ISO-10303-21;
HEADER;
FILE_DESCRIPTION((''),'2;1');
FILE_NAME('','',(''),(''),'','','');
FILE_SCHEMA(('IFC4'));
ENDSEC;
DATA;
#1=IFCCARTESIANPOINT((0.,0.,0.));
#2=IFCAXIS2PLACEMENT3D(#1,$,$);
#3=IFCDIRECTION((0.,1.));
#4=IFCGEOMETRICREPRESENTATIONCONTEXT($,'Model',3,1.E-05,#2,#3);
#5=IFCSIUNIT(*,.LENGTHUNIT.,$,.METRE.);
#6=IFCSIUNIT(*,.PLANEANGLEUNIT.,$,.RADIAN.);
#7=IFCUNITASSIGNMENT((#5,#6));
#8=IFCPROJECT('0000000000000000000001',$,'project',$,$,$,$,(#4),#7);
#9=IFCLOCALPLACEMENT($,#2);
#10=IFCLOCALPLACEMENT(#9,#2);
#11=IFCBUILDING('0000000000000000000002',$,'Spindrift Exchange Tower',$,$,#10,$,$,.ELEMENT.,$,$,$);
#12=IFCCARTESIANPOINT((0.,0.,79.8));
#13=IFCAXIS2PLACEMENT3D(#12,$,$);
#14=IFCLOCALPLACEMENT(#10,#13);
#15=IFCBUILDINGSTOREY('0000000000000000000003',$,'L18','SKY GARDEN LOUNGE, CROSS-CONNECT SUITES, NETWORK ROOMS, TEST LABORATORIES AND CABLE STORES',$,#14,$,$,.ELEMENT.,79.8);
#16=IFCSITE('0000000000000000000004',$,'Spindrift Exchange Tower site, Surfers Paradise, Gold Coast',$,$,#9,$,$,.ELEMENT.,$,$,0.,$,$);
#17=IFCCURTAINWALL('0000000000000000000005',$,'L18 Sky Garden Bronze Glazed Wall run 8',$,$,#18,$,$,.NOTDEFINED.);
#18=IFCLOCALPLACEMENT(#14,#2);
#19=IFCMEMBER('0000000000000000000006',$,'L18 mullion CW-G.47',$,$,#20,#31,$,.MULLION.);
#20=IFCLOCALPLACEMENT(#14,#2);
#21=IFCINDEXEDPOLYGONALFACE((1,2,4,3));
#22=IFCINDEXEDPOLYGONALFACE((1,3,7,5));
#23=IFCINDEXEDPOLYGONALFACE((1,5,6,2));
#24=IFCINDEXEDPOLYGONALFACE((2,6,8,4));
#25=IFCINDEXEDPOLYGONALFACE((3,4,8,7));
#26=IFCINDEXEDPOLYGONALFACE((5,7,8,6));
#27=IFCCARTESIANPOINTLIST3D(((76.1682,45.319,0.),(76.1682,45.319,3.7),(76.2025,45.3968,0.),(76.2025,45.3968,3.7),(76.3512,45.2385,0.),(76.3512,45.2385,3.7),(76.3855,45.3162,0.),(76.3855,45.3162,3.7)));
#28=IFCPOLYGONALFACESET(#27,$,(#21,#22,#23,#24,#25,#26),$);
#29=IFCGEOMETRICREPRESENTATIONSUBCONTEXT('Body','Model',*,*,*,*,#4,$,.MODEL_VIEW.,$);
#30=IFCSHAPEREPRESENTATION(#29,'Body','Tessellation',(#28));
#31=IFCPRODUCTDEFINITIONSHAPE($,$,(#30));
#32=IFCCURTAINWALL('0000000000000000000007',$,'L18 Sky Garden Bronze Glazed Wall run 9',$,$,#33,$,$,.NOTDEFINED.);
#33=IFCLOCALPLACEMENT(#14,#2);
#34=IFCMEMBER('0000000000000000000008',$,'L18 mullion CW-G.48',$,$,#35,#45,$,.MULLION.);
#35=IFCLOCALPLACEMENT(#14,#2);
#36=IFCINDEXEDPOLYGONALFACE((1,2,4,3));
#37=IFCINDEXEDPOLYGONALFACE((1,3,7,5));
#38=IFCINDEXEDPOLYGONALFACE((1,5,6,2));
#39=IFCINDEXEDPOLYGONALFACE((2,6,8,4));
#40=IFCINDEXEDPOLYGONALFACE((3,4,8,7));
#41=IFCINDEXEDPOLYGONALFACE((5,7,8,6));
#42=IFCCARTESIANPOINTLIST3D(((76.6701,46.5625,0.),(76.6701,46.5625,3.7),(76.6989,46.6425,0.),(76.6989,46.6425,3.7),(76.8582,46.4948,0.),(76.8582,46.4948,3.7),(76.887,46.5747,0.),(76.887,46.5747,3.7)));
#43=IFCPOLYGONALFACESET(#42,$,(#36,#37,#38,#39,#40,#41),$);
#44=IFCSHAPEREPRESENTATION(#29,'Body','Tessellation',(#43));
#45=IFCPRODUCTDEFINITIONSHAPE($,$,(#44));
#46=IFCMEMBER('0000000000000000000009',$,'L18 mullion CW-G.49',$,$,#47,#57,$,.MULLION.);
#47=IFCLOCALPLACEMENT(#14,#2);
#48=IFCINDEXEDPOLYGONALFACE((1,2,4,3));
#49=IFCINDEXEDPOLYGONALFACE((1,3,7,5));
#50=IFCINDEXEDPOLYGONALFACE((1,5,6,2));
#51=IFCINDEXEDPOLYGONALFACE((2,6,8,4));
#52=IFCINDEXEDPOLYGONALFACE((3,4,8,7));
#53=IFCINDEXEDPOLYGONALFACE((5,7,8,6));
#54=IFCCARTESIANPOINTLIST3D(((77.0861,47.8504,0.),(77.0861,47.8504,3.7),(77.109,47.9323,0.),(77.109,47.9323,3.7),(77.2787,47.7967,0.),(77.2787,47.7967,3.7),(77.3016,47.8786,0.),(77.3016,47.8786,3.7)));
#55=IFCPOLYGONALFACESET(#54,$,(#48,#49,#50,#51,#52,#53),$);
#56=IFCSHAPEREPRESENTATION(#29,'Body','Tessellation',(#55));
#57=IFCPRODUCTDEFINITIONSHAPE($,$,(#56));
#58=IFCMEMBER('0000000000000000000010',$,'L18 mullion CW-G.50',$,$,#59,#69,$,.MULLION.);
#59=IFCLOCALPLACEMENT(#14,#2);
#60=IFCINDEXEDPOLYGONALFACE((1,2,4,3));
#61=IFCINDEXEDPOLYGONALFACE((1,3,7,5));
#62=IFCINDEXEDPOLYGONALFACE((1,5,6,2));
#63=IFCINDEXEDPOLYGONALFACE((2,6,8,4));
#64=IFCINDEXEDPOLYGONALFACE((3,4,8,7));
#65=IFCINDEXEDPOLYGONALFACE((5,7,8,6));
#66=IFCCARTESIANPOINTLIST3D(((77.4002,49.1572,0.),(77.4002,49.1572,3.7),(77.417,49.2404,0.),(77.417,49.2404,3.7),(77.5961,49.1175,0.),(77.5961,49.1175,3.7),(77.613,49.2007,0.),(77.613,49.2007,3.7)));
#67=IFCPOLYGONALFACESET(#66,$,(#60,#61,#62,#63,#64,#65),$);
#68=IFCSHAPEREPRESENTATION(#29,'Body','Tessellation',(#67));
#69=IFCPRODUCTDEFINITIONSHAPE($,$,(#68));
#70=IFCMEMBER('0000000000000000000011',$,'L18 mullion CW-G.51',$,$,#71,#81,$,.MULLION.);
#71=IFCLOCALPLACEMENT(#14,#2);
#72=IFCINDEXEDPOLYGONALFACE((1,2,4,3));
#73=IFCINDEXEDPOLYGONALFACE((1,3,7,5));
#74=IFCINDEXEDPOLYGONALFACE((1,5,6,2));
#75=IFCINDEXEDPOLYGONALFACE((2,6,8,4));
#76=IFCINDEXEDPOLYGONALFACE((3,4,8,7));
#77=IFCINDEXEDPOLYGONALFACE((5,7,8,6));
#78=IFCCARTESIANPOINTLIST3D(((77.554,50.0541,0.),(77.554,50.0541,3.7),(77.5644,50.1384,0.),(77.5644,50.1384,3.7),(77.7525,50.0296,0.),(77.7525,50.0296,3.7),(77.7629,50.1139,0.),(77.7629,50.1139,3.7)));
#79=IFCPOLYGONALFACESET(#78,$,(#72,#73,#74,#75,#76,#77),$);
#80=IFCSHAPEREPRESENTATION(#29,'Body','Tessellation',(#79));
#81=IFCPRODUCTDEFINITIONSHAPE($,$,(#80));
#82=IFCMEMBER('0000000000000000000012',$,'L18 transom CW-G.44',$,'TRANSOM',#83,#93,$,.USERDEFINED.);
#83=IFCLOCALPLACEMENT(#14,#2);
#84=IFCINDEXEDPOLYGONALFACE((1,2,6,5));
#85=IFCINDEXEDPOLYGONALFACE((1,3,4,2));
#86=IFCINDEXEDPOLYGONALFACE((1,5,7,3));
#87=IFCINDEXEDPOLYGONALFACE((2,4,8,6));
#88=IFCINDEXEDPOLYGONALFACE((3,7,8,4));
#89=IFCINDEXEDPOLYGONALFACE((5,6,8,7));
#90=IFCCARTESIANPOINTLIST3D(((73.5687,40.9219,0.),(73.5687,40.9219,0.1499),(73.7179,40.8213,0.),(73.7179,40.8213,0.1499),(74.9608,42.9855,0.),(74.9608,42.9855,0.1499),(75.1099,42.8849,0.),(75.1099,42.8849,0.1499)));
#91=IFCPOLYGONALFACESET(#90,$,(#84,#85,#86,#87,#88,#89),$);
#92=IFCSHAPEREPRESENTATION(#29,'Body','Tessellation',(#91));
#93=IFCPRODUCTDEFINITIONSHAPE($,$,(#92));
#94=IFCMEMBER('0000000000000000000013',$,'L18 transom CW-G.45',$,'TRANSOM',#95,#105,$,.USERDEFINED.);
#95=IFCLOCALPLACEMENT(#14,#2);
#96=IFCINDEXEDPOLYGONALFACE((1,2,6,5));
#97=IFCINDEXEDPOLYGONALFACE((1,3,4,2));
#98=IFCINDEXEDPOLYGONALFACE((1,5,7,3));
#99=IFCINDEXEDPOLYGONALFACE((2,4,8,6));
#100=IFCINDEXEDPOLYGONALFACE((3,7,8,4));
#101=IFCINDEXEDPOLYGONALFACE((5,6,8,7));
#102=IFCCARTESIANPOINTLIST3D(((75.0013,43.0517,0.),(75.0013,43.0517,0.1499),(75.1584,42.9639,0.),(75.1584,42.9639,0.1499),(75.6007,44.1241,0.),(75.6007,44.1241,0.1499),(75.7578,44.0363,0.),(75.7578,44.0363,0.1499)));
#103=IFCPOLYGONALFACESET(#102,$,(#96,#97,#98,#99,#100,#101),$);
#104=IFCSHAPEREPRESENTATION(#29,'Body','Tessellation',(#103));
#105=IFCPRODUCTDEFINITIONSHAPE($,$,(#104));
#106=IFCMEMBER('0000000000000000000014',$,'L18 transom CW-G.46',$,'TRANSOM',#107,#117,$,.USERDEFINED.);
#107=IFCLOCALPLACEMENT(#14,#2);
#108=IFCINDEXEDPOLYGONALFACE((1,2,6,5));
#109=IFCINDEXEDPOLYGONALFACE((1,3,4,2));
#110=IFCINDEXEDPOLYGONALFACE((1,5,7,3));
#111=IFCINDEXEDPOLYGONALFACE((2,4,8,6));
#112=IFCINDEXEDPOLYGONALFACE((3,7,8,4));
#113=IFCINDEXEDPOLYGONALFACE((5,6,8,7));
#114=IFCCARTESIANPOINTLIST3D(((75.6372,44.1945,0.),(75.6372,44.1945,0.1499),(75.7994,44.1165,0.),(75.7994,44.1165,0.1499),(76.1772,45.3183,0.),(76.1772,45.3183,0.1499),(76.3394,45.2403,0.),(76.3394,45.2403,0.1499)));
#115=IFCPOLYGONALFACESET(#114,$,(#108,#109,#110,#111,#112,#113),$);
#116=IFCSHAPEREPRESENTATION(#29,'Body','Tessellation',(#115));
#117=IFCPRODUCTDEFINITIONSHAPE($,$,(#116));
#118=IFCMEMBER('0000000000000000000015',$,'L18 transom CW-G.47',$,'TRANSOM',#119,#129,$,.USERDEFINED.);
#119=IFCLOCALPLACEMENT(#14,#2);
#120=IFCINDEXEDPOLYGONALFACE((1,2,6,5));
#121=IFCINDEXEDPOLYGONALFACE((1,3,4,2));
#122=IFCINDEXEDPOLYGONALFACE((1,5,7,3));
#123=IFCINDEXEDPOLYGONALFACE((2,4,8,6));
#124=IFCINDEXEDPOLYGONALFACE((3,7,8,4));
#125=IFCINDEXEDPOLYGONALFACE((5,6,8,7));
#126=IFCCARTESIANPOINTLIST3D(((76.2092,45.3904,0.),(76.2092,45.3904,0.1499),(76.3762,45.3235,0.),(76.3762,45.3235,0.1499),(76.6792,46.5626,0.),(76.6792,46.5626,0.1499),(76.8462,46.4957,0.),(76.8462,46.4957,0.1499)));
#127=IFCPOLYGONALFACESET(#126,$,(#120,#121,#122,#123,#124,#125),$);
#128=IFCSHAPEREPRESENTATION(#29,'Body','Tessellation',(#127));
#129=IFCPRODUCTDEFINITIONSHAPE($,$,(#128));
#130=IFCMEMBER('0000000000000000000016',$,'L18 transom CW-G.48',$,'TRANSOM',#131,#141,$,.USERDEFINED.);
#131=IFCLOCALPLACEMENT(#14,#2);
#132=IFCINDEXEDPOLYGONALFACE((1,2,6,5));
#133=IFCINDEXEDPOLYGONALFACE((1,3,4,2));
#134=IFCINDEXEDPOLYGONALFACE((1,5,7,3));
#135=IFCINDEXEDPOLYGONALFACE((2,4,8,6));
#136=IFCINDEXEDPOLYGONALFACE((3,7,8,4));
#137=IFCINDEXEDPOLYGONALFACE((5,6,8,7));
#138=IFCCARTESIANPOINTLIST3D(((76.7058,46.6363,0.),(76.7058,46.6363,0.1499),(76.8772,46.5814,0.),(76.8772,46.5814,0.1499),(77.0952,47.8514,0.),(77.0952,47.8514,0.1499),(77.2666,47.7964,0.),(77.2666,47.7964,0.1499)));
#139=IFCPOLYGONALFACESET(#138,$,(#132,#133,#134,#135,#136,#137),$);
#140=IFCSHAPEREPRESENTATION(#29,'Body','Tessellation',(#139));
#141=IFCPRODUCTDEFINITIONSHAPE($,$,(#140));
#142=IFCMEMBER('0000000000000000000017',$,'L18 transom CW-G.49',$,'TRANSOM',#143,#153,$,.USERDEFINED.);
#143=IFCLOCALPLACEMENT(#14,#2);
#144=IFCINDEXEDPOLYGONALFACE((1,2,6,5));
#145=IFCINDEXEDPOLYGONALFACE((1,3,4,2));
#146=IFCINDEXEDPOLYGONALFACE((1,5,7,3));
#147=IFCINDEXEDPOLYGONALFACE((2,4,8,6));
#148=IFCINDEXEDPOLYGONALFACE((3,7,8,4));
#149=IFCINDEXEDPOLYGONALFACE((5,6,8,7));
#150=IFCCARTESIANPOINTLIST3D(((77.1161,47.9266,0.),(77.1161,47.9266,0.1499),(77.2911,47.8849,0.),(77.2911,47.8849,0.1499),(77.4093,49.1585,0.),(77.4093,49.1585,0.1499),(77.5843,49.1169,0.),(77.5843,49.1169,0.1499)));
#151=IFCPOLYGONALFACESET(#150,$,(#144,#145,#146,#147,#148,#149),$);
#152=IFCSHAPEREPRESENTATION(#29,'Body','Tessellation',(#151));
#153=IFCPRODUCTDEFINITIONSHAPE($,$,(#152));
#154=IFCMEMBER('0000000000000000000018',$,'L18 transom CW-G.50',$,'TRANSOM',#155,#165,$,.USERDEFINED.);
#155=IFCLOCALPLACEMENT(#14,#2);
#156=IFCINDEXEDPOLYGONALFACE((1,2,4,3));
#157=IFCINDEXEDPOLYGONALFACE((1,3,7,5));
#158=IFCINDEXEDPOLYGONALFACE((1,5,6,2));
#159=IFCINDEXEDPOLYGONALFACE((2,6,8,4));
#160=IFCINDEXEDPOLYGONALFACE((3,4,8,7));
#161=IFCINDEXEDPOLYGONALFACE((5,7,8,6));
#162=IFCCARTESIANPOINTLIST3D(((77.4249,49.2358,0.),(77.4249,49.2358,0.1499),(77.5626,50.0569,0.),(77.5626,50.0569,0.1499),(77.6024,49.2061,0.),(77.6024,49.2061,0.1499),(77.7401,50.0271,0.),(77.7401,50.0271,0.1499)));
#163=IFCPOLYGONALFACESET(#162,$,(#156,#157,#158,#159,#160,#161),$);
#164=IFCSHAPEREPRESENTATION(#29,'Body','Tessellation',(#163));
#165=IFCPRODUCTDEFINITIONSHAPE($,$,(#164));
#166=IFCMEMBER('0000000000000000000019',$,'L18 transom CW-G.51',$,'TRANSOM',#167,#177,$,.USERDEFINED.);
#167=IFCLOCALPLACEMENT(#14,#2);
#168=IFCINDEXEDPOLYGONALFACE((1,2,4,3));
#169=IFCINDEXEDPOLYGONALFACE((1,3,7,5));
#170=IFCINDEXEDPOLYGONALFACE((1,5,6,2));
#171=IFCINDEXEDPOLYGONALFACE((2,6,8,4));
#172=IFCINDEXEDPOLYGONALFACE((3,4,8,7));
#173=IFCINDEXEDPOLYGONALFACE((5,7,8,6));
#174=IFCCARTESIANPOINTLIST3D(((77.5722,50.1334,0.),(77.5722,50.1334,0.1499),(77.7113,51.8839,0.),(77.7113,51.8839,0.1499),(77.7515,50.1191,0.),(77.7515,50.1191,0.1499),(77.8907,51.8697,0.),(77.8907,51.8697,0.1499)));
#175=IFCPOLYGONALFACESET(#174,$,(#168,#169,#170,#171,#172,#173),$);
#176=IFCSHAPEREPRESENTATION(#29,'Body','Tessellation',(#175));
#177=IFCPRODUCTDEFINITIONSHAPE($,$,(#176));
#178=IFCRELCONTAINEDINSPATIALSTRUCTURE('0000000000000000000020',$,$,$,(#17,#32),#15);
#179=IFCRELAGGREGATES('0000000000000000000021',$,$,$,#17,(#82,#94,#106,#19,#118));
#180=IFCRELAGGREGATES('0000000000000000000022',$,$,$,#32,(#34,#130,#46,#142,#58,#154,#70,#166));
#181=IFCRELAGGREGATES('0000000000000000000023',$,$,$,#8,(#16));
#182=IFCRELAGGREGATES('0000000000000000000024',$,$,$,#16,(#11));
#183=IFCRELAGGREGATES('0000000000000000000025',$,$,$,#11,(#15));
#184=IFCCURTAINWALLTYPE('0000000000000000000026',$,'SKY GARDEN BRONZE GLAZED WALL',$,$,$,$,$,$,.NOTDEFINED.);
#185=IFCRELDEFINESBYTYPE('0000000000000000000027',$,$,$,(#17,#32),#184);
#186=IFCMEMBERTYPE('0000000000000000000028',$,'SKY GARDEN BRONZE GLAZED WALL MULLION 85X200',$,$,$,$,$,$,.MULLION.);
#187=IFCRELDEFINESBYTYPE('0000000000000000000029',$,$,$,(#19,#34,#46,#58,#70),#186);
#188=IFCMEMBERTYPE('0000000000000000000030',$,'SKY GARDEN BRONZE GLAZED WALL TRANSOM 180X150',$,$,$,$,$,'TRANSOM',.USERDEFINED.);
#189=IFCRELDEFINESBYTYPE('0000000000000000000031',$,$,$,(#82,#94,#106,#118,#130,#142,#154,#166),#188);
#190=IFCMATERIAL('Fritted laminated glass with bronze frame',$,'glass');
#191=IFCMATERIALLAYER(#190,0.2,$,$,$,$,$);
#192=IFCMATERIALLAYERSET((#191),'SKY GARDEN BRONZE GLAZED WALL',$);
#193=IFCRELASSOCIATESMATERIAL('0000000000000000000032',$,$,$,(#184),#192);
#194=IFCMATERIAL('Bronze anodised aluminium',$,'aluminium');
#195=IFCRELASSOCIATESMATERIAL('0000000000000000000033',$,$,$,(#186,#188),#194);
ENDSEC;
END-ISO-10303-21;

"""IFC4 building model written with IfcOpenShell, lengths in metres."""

from ifc_helpers import new_model, si_unit, direction, frame, origin, origin_2d, place, context, subcontext, project, spatial, rectangle, extrude, source, transform, mapped, material, layer, layer_set, material_profile, profile_set, type_object, element, aggregate, save


model = new_model("IFC4")

# Units and contexts
model_context = context("Model", 3, precision=1e-05, world=origin(), true_north=direction((0.0, 1.0)))
body_context = subcontext(model_context, "Body", "Model", "MODEL_VIEW")
ifc_project = project(units=[si_unit("LENGTHUNIT", "METRE"), si_unit("PLANEANGLEUNIT", "RADIAN")], contexts=[model_context])

# Site, building, storey
site_placement = place(None, origin())
site = spatial("IfcSite", under=ifc_project, at=site_placement, Name="Spindrift Exchange Tower site, Surfers Paradise, Gold Coast", CompositionType="ELEMENT", RefElevation=0.0)
building_placement = place(site_placement, origin())
building = spatial("IfcBuilding", under=site, at=building_placement, Name="Spindrift Exchange Tower", CompositionType="ELEMENT")
storey_placement = place(building_placement, frame((0.0, 0.0, 79.8)))
storey = spatial("IfcBuildingStorey", under=building, at=storey_placement, Name="L18", Description="SKY GARDEN LOUNGE, CROSS-CONNECT SUITES, NETWORK ROOMS, TEST LABORATORIES AND CABLE STORES", CompositionType="ELEMENT", Elevation=79.8)

# Curtain walls, members
ifc_material_1 = material(Name="Fritted laminated glass with bronze frame", Category="glass")
ifc_layer_1 = layer(ifc_material_1, 0.2)
ifc_layer_set_1 = layer_set([ifc_layer_1], Name="SKY GARDEN BRONZE GLAZED WALL")
curtain_wall_type = type_object("IfcCurtainWallType", Name="SKY GARDEN BRONZE GLAZED WALL", PredefinedType="NOTDEFINED", material=ifc_layer_set_1)
curtain_wall_1_placement = place(storey_placement, origin())
curtain_wall_1 = element("IfcCurtainWall", 1, at=curtain_wall_1_placement, inside=storey, type_object=curtain_wall_type, Name="L18 Sky Garden Bronze Glazed Wall run 8", PredefinedType="NOTDEFINED")
ifc_material_2 = material(Name="Bronze anodised aluminium", Category="aluminium")
ifc_material_profile_1 = material_profile(ifc_material_2, rectangle(XDim=0.085, YDim=0.2, at=origin_2d()), Name="SKY GARDEN BRONZE GLAZED WALL MULLION 85X200")
ifc_profile_set_1 = profile_set([ifc_material_profile_1], Name="Bronze anodised aluminium")
member_type_1 = type_object("IfcMemberType", Name="SKY GARDEN BRONZE GLAZED WALL MULLION 85X200", PredefinedType="MULLION", material=ifc_profile_set_1)
shared_shape_1 = source(origin(), body_context, "Body", "SweptSolid", [
    extrude(rectangle(XDim=0.085, YDim=0.2, at=origin_2d()), origin(), (0.0, 0.0, 1.0), 3.7),
])
member_1_placement = place(storey_placement, frame((76.2769, 45.3176, 0.0), z_axis=(0.0, 0.0, 1.0), x_axis=(0.402945, 0.915224, 0.0)))
member_1 = element("IfcMember", 2, at=member_1_placement, type_object=member_type_1, Name="L18 mullion CW-G.47", PredefinedType="MULLION", context=body_context, shape_type="MappedRepresentation", body=[
    mapped(shared_shape_1, transform((0.0, 0.0, 0.0), scale=1.0)),
])
curtain_wall_2_placement = place(storey_placement, origin())
curtain_wall_2 = element("IfcCurtainWall", 3, at=curtain_wall_2_placement, inside=storey, type_object=curtain_wall_type, Name="L18 Sky Garden Bronze Glazed Wall run 9", PredefinedType="NOTDEFINED")
member_2_placement = place(storey_placement, frame((76.7786, 46.5686, 0.0), z_axis=(0.0, 0.0, 1.0), x_axis=(0.33892, 0.940815, 0.0)))
member_2 = element("IfcMember", 4, at=member_2_placement, type_object=member_type_1, Name="L18 mullion CW-G.48", PredefinedType="MULLION", context=body_context, shape_type="MappedRepresentation", body=[
    mapped(shared_shape_1, transform((0.0, 0.0, 0.0), scale=1.0)),
])
member_3_placement = place(storey_placement, frame((77.1938, 47.8645, 0.0), z_axis=(0.0, 0.0, 1.0), x_axis=(0.268527, 0.963272, 0.0)))
member_3 = element("IfcMember", 5, at=member_3_placement, type_object=member_type_1, Name="L18 mullion CW-G.49", PredefinedType="MULLION", context=body_context, shape_type="MappedRepresentation", body=[
    mapped(shared_shape_1, transform((0.0, 0.0, 0.0), scale=1.0)),
])
member_4_placement = place(storey_placement, frame((77.5066, 49.179, 0.0), z_axis=(0.0, 0.0, 1.0), x_axis=(0.198617, 0.980077, 0.0)))
member_4 = element("IfcMember", 6, at=member_4_placement, type_object=member_type_1, Name="L18 mullion CW-G.50", PredefinedType="MULLION", context=body_context, shape_type="MappedRepresentation", body=[
    mapped(shared_shape_1, transform((0.0, 0.0, 0.0), scale=1.0)),
])
member_5_placement = place(storey_placement, frame((77.6584, 50.084, 0.0), z_axis=(0.0, 0.0, 1.0), x_axis=(0.122489, 0.99247, 0.0)))
member_5 = element("IfcMember", 7, at=member_5_placement, type_object=member_type_1, Name="L18 mullion CW-G.51", PredefinedType="MULLION", context=body_context, shape_type="MappedRepresentation", body=[
    mapped(shared_shape_1, transform((0.0, 0.0, 0.0), scale=1.0)),
])

# Members
ifc_material_profile_2 = material_profile(ifc_material_2, rectangle(XDim=0.1799, YDim=0.1499, at=origin_2d()), Name="SKY GARDEN BRONZE GLAZED WALL TRANSOM 180X150")
ifc_profile_set_2 = profile_set([ifc_material_profile_2], Name="Bronze anodised aluminium")
member_type_2 = type_object("IfcMemberType", Name="SKY GARDEN BRONZE GLAZED WALL TRANSOM 180X150", ElementType="TRANSOM", PredefinedType="USERDEFINED", material=ifc_profile_set_2)
shared_shape_2 = source(origin(), body_context, "Body", "SweptSolid", [
    extrude(rectangle(XDim=0.1799, YDim=0.1499, at=origin_2d()), origin(), (0.0, 0.0, 1.0), 2.4893),
])
member_6_placement = place(storey_placement, frame((73.6433, 40.8716, 0.075), z_axis=(0.559218, 0.82902, 0.0), x_axis=(-0.82902, 0.559218, 0.0)))
member_6 = element("IfcMember", 8, at=member_6_placement, type_object=member_type_2, Name="L18 transom CW-G.44", ObjectType="TRANSOM", PredefinedType="USERDEFINED", context=body_context, shape_type="MappedRepresentation", body=[
    mapped(shared_shape_2, transform((0.0, 0.0, 0.0), scale=1.0)),
])
shared_shape_3 = source(origin(), body_context, "Body", "SweptSolid", [
    extrude(rectangle(XDim=0.1799, YDim=0.1499, at=origin_2d()), origin(), (0.0, 0.0, 1.0), 1.2285),
])
member_7_placement = place(storey_placement, frame((75.0798, 43.0078, 0.075), z_axis=(0.487919, 0.872889, 0.0), x_axis=(-0.872889, 0.487919, 0.0)))
member_7 = element("IfcMember", 9, at=member_7_placement, type_object=member_type_2, Name="L18 transom CW-G.45", ObjectType="TRANSOM", PredefinedType="USERDEFINED", context=body_context, shape_type="MappedRepresentation", body=[
    mapped(shared_shape_3, transform((0.0, 0.0, 0.0), scale=1.0)),
])
shared_shape_4 = source(origin(), body_context, "Body", "SweptSolid", [
    extrude(rectangle(XDim=0.1799, YDim=0.1499, at=origin_2d()), origin(), (0.0, 0.0, 1.0), 1.2468),
])
member_8_placement = place(storey_placement, frame((75.7183, 44.1555, 0.075), z_axis=(0.433138, 0.901327, 0.0), x_axis=(-0.901327, 0.433138, 0.0)))
member_8 = element("IfcMember", 10, at=member_8_placement, type_object=member_type_2, Name="L18 transom CW-G.46", ObjectType="TRANSOM", PredefinedType="USERDEFINED", context=body_context, shape_type="MappedRepresentation", body=[
    mapped(shared_shape_4, transform((0.0, 0.0, 0.0), scale=1.0)),
])
shared_shape_5 = source(origin(), body_context, "Body", "SweptSolid", [
    extrude(rectangle(XDim=0.1799, YDim=0.1499, at=origin_2d()), origin(), (0.0, 0.0, 1.0), 1.2629),
])
member_9_placement = place(storey_placement, frame((76.2927, 45.3569, 0.075), z_axis=(0.372157, 0.92817, 0.0), x_axis=(-0.92817, 0.372157, 0.0)))
member_9 = element("IfcMember", 11, at=member_9_placement, type_object=member_type_2, Name="L18 transom CW-G.47", ObjectType="TRANSOM", PredefinedType="USERDEFINED", context=body_context, shape_type="MappedRepresentation", body=[
    mapped(shared_shape_5, transform((0.0, 0.0, 0.0), scale=1.0)),
])
shared_shape_6 = source(origin(), body_context, "Body", "SweptSolid", [
    extrude(rectangle(XDim=0.1799, YDim=0.1499, at=origin_2d()), origin(), (0.0, 0.0, 1.0), 1.2759),
])
member_10_placement = place(storey_placement, frame((76.7915, 46.6089, 0.075), z_axis=(0.305185, 0.952293, 0.0), x_axis=(-0.952293, 0.305185, 0.0)))
member_10 = element("IfcMember", 12, at=member_10_placement, type_object=member_type_2, Name="L18 transom CW-G.48", ObjectType="TRANSOM", PredefinedType="USERDEFINED", context=body_context, shape_type="MappedRepresentation", body=[
    mapped(shared_shape_6, transform((0.0, 0.0, 0.0), scale=1.0)),
])
shared_shape_7 = source(origin(), body_context, "Body", "SweptSolid", [
    extrude(rectangle(XDim=0.1799, YDim=0.1499, at=origin_2d()), origin(), (0.0, 0.0, 1.0), 1.2664),
])
member_11_placement = place(storey_placement, frame((77.2036, 47.9058, 0.075), z_axis=(0.231542, 0.972825, 0.0), x_axis=(-0.972825, 0.231542, 0.0)))
member_11 = element("IfcMember", 13, at=member_11_placement, type_object=member_type_2, Name="L18 transom CW-G.49", ObjectType="TRANSOM", PredefinedType="USERDEFINED", context=body_context, shape_type="MappedRepresentation", body=[
    mapped(shared_shape_7, transform((0.0, 0.0, 0.0), scale=1.0)),
])
shared_shape_8 = source(origin(), body_context, "Body", "SweptSolid", [
    extrude(rectangle(XDim=0.1799, YDim=0.1499, at=origin_2d()), origin(), (0.0, 0.0, 1.0), 0.8325),
])
member_12_placement = place(storey_placement, frame((77.5137, 49.2209, 0.075), z_axis=(0.165398, 0.986227, 0.0), x_axis=(-0.986227, 0.165398, 0.0)))
member_12 = element("IfcMember", 14, at=member_12_placement, type_object=member_type_2, Name="L18 transom CW-G.50", ObjectType="TRANSOM", PredefinedType="USERDEFINED", context=body_context, shape_type="MappedRepresentation", body=[
    mapped(shared_shape_8, transform((0.0, 0.0, 0.0), scale=1.0)),
])
shared_shape_9 = source(origin(), body_context, "Body", "SweptSolid", [
    extrude(rectangle(XDim=0.1799, YDim=0.1499, at=origin_2d()), origin(), (0.0, 0.0, 1.0), 1.7561),
])
member_13_placement = place(storey_placement, frame((77.6619, 50.1262, 0.075), z_axis=(0.079248, 0.996855, 0.0), x_axis=(-0.996855, 0.079248, 0.0)))
member_13 = element("IfcMember", 15, at=member_13_placement, type_object=member_type_2, Name="L18 transom CW-G.51", ObjectType="TRANSOM", PredefinedType="USERDEFINED", context=body_context, shape_type="MappedRepresentation", body=[
    mapped(shared_shape_9, transform((0.0, 0.0, 0.0), scale=1.0)),
])

aggregate(curtain_wall_1, [member_6, member_7, member_8, member_1, member_9])
aggregate(curtain_wall_2, [member_2, member_10, member_3, member_11, member_4, member_12, member_5, member_13])

save(model, "model.ifc")
